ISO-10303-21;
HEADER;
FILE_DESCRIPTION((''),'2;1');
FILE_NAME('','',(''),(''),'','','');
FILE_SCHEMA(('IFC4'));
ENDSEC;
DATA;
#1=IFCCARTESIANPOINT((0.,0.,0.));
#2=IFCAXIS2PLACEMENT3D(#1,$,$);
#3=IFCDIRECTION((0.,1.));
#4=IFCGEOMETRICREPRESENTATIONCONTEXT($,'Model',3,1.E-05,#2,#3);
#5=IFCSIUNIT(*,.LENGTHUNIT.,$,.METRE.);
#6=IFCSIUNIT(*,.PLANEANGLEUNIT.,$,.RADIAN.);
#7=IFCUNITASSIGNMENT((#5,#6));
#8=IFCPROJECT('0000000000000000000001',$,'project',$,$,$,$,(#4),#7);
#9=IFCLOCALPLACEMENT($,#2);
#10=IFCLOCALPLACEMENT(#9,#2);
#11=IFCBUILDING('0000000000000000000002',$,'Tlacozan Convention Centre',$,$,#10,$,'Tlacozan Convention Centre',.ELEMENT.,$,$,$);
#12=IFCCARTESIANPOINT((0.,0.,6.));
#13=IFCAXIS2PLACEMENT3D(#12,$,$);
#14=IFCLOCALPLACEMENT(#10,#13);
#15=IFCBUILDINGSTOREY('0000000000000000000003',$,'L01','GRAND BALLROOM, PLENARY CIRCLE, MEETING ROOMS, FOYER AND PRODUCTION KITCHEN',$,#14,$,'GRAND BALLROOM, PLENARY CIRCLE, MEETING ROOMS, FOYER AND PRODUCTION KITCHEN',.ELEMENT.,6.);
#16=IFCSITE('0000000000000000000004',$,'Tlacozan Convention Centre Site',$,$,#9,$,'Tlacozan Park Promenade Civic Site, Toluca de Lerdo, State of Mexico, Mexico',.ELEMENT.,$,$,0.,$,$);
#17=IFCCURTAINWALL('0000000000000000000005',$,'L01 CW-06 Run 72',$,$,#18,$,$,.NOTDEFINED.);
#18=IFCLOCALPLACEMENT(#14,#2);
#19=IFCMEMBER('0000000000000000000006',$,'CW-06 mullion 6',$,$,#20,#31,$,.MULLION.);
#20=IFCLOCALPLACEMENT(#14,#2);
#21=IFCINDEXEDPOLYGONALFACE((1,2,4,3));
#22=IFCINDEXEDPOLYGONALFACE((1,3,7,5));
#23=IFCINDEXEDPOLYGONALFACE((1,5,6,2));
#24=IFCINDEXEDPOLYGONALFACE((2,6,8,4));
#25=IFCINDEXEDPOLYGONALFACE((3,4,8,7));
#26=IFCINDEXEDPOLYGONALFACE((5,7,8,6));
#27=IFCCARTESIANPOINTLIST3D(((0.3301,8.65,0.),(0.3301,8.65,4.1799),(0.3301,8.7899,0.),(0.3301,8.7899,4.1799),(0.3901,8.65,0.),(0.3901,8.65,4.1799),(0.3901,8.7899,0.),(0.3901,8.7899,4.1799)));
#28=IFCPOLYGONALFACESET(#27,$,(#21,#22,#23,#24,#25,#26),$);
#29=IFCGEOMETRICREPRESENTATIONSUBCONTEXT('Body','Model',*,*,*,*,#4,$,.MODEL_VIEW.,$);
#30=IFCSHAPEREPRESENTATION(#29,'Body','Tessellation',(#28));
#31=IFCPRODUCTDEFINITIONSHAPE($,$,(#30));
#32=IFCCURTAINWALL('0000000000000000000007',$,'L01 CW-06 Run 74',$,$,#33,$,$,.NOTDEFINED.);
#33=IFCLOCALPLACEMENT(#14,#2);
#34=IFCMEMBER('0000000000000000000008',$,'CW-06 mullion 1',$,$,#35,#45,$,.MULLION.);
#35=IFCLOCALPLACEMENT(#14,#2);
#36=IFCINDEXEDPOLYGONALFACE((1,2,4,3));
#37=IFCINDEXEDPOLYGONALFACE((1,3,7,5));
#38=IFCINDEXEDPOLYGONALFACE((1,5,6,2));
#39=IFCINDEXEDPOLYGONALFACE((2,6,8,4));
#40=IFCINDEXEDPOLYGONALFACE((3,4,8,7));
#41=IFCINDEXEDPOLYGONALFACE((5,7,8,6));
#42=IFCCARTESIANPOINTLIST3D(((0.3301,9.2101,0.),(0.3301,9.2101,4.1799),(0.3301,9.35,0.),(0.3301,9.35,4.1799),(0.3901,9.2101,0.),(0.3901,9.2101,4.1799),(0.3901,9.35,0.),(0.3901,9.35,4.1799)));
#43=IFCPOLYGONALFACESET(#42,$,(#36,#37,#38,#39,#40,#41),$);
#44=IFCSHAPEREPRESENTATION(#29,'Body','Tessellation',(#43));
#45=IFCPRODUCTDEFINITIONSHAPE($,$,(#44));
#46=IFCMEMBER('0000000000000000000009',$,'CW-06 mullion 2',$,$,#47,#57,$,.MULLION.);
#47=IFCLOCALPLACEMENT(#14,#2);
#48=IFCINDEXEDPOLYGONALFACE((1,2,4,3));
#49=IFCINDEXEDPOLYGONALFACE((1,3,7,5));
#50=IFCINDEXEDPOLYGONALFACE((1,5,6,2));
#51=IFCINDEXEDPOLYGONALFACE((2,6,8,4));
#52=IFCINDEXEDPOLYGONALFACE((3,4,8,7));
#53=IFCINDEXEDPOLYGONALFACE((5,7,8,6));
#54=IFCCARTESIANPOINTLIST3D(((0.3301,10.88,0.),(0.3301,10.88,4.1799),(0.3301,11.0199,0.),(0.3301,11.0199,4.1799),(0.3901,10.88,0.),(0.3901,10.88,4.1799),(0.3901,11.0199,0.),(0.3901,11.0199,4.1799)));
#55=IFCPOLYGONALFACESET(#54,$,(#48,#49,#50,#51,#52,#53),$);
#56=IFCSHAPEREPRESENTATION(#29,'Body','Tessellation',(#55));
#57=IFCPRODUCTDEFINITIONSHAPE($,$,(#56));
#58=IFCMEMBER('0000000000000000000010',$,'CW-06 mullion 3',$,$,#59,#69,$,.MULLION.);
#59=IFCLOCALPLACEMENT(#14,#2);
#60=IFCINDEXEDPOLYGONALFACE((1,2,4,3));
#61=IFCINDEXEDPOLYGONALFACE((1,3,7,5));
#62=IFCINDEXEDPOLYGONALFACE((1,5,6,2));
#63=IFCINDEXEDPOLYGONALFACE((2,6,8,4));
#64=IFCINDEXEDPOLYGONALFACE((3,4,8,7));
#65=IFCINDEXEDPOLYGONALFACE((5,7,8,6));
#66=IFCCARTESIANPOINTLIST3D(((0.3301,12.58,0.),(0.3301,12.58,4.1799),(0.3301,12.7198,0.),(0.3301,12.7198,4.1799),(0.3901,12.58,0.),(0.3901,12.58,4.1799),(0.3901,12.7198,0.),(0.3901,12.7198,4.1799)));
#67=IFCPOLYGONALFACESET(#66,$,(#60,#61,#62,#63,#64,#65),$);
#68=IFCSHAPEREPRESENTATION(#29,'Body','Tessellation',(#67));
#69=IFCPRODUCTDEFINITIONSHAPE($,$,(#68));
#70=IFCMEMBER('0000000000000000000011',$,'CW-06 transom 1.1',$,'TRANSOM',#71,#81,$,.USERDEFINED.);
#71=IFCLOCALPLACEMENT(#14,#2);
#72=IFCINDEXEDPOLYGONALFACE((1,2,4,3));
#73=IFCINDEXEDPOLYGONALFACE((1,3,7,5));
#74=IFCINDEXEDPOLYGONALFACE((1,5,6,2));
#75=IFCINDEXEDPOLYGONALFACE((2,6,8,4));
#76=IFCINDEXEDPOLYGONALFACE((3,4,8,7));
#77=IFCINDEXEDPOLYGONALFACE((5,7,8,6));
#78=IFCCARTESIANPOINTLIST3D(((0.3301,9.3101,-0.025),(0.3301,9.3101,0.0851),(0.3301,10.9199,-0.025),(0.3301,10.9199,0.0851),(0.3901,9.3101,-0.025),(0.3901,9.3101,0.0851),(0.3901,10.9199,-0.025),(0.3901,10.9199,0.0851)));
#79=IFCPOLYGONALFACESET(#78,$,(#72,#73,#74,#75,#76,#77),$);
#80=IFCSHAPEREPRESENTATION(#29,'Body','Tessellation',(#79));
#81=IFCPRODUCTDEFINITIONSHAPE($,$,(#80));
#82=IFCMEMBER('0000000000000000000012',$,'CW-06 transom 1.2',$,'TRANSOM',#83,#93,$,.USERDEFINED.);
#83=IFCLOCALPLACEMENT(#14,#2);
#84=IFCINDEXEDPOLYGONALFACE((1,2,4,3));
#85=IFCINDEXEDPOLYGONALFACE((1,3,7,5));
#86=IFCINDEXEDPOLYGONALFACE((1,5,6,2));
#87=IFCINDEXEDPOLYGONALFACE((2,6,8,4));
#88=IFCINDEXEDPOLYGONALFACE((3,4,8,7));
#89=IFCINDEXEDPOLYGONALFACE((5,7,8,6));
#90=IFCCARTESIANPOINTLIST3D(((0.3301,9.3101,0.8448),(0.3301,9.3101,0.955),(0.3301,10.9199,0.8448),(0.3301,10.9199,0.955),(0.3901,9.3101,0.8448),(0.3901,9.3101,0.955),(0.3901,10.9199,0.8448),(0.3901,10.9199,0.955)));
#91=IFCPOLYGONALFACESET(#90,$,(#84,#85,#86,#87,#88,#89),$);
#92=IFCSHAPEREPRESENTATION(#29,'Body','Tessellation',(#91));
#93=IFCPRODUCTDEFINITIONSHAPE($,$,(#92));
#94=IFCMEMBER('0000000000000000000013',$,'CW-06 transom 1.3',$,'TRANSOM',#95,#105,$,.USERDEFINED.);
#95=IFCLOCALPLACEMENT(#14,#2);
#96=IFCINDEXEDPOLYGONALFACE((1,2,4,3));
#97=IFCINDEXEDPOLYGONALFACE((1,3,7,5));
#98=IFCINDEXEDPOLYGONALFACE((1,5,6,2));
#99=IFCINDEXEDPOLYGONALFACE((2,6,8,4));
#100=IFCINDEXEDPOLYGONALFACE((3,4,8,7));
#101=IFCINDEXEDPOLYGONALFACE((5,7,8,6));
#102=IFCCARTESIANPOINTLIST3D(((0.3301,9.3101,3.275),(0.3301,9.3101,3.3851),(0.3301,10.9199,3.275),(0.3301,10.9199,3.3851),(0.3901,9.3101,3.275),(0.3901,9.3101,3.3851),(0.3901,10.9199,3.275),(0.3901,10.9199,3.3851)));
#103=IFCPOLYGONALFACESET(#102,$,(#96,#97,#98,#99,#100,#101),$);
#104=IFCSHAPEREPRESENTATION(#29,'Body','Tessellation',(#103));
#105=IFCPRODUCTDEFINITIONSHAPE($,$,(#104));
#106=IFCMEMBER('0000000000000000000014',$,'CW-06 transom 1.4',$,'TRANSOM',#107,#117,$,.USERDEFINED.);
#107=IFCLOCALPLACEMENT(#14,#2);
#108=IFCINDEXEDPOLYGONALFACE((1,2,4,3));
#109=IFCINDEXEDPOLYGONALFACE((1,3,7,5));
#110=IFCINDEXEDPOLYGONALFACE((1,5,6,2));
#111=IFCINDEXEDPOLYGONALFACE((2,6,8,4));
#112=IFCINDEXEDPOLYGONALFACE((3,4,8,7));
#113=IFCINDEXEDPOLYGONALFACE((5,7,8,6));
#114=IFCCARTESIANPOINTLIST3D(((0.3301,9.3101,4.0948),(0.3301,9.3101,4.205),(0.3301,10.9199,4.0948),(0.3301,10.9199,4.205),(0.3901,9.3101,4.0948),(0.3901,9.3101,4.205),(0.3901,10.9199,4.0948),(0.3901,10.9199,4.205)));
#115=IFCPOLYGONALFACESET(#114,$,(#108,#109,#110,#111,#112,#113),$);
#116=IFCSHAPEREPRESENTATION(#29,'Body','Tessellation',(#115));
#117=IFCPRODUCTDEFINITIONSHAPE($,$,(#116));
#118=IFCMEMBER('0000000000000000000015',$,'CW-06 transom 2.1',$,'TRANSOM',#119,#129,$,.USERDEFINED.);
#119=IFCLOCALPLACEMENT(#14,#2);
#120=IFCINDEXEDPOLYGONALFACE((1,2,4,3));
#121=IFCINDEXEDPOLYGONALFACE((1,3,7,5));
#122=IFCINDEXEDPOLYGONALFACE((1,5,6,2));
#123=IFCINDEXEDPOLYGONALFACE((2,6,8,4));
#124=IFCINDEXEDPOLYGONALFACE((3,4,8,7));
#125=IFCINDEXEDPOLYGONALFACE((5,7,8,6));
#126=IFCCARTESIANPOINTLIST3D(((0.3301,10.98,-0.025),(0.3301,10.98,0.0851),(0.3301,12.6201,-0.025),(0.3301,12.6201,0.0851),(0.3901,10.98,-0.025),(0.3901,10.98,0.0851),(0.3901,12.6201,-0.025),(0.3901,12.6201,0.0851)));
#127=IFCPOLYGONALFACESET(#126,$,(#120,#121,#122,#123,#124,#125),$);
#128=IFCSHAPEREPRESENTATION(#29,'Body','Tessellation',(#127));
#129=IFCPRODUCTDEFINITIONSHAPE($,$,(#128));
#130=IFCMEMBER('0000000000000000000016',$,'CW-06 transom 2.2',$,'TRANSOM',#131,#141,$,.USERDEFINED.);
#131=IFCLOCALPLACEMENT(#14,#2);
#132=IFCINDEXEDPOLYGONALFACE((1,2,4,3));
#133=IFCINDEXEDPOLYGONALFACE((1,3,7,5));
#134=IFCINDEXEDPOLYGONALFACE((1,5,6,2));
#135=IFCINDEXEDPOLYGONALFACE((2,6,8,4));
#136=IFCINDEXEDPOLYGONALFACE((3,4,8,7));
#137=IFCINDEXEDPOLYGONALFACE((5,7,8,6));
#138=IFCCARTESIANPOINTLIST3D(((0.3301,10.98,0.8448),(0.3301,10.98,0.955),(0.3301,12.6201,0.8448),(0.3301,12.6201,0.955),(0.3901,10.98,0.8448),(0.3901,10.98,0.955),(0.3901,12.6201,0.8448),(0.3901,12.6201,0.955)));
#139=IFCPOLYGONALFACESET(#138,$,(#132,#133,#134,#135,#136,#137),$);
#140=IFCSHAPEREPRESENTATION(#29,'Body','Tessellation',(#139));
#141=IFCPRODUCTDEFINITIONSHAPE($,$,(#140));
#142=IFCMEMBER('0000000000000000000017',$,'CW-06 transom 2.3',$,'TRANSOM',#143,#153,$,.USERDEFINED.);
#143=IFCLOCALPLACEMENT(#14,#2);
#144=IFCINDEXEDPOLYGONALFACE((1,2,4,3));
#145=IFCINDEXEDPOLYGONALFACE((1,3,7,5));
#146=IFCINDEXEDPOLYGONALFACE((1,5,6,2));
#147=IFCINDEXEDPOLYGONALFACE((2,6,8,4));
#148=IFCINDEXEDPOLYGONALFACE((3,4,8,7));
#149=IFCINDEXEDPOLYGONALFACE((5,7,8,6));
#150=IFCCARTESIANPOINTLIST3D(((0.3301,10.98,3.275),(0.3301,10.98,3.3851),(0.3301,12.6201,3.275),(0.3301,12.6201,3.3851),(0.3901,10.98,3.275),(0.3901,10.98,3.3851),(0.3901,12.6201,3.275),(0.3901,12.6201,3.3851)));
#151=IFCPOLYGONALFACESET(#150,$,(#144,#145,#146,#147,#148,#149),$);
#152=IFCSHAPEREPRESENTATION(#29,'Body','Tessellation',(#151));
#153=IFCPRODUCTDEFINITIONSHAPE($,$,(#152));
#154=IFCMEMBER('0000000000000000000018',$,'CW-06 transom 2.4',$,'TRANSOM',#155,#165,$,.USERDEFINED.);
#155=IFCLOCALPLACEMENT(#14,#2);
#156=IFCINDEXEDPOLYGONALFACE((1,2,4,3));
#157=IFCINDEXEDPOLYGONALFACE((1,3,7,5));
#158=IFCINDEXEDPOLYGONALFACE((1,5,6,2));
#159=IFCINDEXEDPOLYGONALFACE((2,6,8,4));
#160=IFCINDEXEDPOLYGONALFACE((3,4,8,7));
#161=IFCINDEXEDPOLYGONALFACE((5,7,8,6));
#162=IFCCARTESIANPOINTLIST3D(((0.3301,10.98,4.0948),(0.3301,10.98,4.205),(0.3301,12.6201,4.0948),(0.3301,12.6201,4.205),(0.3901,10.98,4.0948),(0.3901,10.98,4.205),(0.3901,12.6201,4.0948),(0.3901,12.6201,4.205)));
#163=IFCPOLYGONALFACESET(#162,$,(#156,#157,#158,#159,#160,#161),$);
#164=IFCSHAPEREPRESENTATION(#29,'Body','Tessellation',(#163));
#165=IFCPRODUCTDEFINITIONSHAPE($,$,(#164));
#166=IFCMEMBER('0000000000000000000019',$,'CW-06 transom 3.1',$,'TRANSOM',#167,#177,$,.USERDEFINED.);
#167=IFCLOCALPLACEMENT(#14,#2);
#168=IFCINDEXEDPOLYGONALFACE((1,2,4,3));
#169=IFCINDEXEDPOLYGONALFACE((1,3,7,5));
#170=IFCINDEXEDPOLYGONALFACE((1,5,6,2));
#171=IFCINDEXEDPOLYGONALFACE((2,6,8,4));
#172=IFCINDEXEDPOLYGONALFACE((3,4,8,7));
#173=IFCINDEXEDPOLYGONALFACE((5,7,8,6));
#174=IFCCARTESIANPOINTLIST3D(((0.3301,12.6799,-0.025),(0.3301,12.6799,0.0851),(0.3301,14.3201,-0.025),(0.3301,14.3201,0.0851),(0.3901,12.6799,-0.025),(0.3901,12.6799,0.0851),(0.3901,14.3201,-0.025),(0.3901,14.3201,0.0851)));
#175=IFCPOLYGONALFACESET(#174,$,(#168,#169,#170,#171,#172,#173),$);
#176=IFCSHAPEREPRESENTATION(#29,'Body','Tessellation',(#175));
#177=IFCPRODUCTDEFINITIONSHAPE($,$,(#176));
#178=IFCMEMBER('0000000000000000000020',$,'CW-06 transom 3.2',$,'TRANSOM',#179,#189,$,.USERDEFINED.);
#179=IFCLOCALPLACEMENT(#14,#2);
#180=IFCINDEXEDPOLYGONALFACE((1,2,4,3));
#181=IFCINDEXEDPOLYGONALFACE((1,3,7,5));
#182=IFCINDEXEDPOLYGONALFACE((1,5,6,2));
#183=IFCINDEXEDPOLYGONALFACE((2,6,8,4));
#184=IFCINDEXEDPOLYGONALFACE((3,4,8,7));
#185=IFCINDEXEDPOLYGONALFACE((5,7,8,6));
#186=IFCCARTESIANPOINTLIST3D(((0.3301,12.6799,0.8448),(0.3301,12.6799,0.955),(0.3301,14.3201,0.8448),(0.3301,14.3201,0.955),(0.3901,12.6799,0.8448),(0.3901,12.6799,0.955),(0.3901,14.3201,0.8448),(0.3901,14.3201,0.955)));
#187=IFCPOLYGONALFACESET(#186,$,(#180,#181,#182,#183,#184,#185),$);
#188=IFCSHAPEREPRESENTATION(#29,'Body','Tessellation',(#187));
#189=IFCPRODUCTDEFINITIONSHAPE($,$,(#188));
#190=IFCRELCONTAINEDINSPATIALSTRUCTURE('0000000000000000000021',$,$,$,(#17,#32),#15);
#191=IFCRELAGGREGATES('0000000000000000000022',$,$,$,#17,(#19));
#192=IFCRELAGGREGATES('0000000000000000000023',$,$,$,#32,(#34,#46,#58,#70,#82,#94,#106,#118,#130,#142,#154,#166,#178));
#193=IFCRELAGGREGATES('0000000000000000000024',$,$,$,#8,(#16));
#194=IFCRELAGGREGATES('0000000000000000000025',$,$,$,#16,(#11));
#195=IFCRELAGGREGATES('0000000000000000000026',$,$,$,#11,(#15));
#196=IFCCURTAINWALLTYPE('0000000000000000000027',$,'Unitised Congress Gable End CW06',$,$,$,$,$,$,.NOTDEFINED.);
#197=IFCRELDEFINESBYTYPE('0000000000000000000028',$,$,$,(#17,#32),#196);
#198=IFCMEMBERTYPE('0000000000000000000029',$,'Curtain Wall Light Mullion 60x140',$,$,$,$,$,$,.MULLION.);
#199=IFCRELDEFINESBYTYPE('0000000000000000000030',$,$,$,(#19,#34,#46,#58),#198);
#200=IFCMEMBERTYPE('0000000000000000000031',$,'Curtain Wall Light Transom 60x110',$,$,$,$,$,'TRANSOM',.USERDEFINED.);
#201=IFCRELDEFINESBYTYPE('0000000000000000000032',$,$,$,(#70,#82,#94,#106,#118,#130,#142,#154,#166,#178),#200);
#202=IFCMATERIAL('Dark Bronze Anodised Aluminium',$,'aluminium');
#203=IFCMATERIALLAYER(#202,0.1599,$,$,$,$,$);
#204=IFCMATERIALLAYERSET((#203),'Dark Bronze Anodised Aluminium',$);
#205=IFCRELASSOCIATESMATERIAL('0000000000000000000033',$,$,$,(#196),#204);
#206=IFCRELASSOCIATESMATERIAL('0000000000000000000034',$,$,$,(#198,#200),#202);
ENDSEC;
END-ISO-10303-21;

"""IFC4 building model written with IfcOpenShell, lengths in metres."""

from ifc_helpers import new_model, si_unit, direction, frame, origin, origin_2d, place, context, subcontext, project, spatial, rectangle, extrude, material, layer, layer_set, material_profile, profile_set, type_object, element, aggregate, save


model = new_model("IFC4")

# Units and contexts
model_context = context("Model", 3, precision=1e-05, world=origin(), true_north=direction((0.0, 1.0)))
body_context = subcontext(model_context, "Body", "Model", "MODEL_VIEW")
ifc_project = project(units=[si_unit("LENGTHUNIT", "METRE"), si_unit("PLANEANGLEUNIT", "RADIAN")], contexts=[model_context])

# Site, building, storey
site_placement = place(None, origin())
site = spatial("IfcSite", under=ifc_project, at=site_placement, Name="Tlacozan Convention Centre Site", LongName="Tlacozan Park Promenade Civic Site, Toluca de Lerdo, State of Mexico, Mexico", CompositionType="ELEMENT", RefElevation=0.0)
building_placement = place(site_placement, origin())
building = spatial("IfcBuilding", under=site, at=building_placement, Name="Tlacozan Convention Centre", LongName="Tlacozan Convention Centre", CompositionType="ELEMENT")
storey_placement = place(building_placement, frame((0.0, 0.0, 6.0)))
storey = spatial("IfcBuildingStorey", under=building, at=storey_placement, Name="L01", Description="GRAND BALLROOM, PLENARY CIRCLE, MEETING ROOMS, FOYER AND PRODUCTION KITCHEN", LongName="GRAND BALLROOM, PLENARY CIRCLE, MEETING ROOMS, FOYER AND PRODUCTION KITCHEN", CompositionType="ELEMENT", Elevation=6.0)

# Curtain wall, member
ifc_material_1 = material(Name="Dark Bronze Anodised Aluminium", Category="aluminium")
ifc_layer_1 = layer(ifc_material_1, 0.1599)
ifc_layer_set_1 = layer_set([ifc_layer_1], Name="Dark Bronze Anodised Aluminium")
curtain_wall_type = type_object("IfcCurtainWallType", Name="Unitised Congress Gable End CW06", PredefinedType="NOTDEFINED", material=ifc_layer_set_1)
curtain_wall_1_placement = place(storey_placement, origin())
curtain_wall_1 = element("IfcCurtainWall", 1, at=curtain_wall_1_placement, inside=storey, type_object=curtain_wall_type, Name="L01 CW-06 Run 72", PredefinedType="NOTDEFINED")
ifc_material_profile_1 = material_profile(ifc_material_1, rectangle(XDim=0.0601, YDim=0.1399, at=origin_2d()), Name="ALU 60x140")
ifc_profile_set_1 = profile_set([ifc_material_profile_1], Name="Dark Bronze Anodised Aluminium")
member_type_1 = type_object("IfcMemberType", Name="Curtain Wall Light Mullion 60x140", PredefinedType="MULLION", material=ifc_profile_set_1)
member_1_placement = place(storey_placement, frame((0.3601, 8.72, 0.0), z_axis=(0.0, 0.0, 1.0), x_axis=(-1.0, 0.0, 0.0)))
member_1 = element("IfcMember", 2, at=member_1_placement, type_object=member_type_1, Name="CW-06 mullion 6", PredefinedType="MULLION", context=body_context, shape_type="SweptSolid", body=[
    extrude(rectangle(XDim=0.0601, YDim=0.1399, at=origin_2d()), origin(), (0.0, 0.0, 1.0), 4.1799),
])
aggregate(curtain_wall_1, [member_1])

# Curtain wall, members
curtain_wall_2_placement = place(storey_placement, origin())
curtain_wall_2 = element("IfcCurtainWall", 3, at=curtain_wall_2_placement, inside=storey, type_object=curtain_wall_type, Name="L01 CW-06 Run 74", PredefinedType="NOTDEFINED")
member_2_placement = place(storey_placement, frame((0.3601, 9.28, 0.0), z_axis=(0.0, 0.0, 1.0), x_axis=(-1.0, 0.0, 0.0)))
member_2 = element("IfcMember", 4, at=member_2_placement, type_object=member_type_1, Name="CW-06 mullion 1", PredefinedType="MULLION", context=body_context, shape_type="SweptSolid", body=[
    extrude(rectangle(XDim=0.0601, YDim=0.1399, at=origin_2d()), origin(), (0.0, 0.0, 1.0), 4.1799),
])
member_3_placement = place(storey_placement, frame((0.3601, 10.95, 0.0), z_axis=(0.0, 0.0, 1.0), x_axis=(-1.0, 0.0, 0.0)))
member_3 = element("IfcMember", 5, at=member_3_placement, type_object=member_type_1, Name="CW-06 mullion 2", PredefinedType="MULLION", context=body_context, shape_type="SweptSolid", body=[
    extrude(rectangle(XDim=0.0601, YDim=0.1399, at=origin_2d()), origin(), (0.0, 0.0, 1.0), 4.1799),
])
member_4_placement = place(storey_placement, frame((0.3601, 12.6499, 0.0), z_axis=(0.0, 0.0, 1.0), x_axis=(-1.0, 0.0, 0.0)))
member_4 = element("IfcMember", 6, at=member_4_placement, type_object=member_type_1, Name="CW-06 mullion 3", PredefinedType="MULLION", context=body_context, shape_type="SweptSolid", body=[
    extrude(rectangle(XDim=0.0601, YDim=0.1399, at=origin_2d()), origin(), (0.0, 0.0, 1.0), 4.1799),
])
ifc_material_profile_2 = material_profile(ifc_material_1, rectangle(XDim=0.0601, YDim=0.1101, at=origin_2d()), Name="ALU 60x110")
ifc_profile_set_2 = profile_set([ifc_material_profile_2], Name="Dark Bronze Anodised Aluminium")
member_type_2 = type_object("IfcMemberType", Name="Curtain Wall Light Transom 60x110", ElementType="TRANSOM", PredefinedType="USERDEFINED", material=ifc_profile_set_2)
member_5_placement = place(storey_placement, frame((0.3601, 9.3101, 0.03), z_axis=(0.0, 1.0, 0.0), x_axis=(-1.0, 0.0, 0.0)))
member_5 = element("IfcMember", 7, at=member_5_placement, type_object=member_type_2, Name="CW-06 transom 1.1", ObjectType="TRANSOM", PredefinedType="USERDEFINED", context=body_context, shape_type="SweptSolid", body=[
    extrude(rectangle(XDim=0.0601, YDim=0.1101, at=origin_2d()), origin(), (0.0, 0.0, 1.0), 1.6099),
])
member_6_placement = place(storey_placement, frame((0.3601, 9.3101, 0.8999), z_axis=(0.0, 1.0, 0.0), x_axis=(-1.0, 0.0, 0.0)))
member_6 = element("IfcMember", 8, at=member_6_placement, type_object=member_type_2, Name="CW-06 transom 1.2", ObjectType="TRANSOM", PredefinedType="USERDEFINED", context=body_context, shape_type="SweptSolid", body=[
    extrude(rectangle(XDim=0.0601, YDim=0.1101, at=origin_2d()), origin(), (0.0, 0.0, 1.0), 1.6099),
])
member_7_placement = place(storey_placement, frame((0.3601, 9.3101, 3.3301), z_axis=(0.0, 1.0, 0.0), x_axis=(-1.0, 0.0, 0.0)))
member_7 = element("IfcMember", 9, at=member_7_placement, type_object=member_type_2, Name="CW-06 transom 1.3", ObjectType="TRANSOM", PredefinedType="USERDEFINED", context=body_context, shape_type="SweptSolid", body=[
    extrude(rectangle(XDim=0.0601, YDim=0.1101, at=origin_2d()), origin(), (0.0, 0.0, 1.0), 1.6099),
])
member_8_placement = place(storey_placement, frame((0.3601, 9.3101, 4.1499), z_axis=(0.0, 1.0, 0.0), x_axis=(-1.0, 0.0, 0.0)))
member_8 = element("IfcMember", 10, at=member_8_placement, type_object=member_type_2, Name="CW-06 transom 1.4", ObjectType="TRANSOM", PredefinedType="USERDEFINED", context=body_context, shape_type="SweptSolid", body=[
    extrude(rectangle(XDim=0.0601, YDim=0.1101, at=origin_2d()), origin(), (0.0, 0.0, 1.0), 1.6099),
])
member_9_placement = place(storey_placement, frame((0.3601, 10.98, 0.03), z_axis=(0.0, 1.0, 0.0), x_axis=(-1.0, 0.0, 0.0)))
member_9 = element("IfcMember", 11, at=member_9_placement, type_object=member_type_2, Name="CW-06 transom 2.1", ObjectType="TRANSOM", PredefinedType="USERDEFINED", context=body_context, shape_type="SweptSolid", body=[
    extrude(rectangle(XDim=0.0601, YDim=0.1101, at=origin_2d()), origin(), (0.0, 0.0, 1.0), 1.6401),
])
member_10_placement = place(storey_placement, frame((0.3601, 10.98, 0.8999), z_axis=(0.0, 1.0, 0.0), x_axis=(-1.0, 0.0, 0.0)))
member_10 = element("IfcMember", 12, at=member_10_placement, type_object=member_type_2, Name="CW-06 transom 2.2", ObjectType="TRANSOM", PredefinedType="USERDEFINED", context=body_context, shape_type="SweptSolid", body=[
    extrude(rectangle(XDim=0.0601, YDim=0.1101, at=origin_2d()), origin(), (0.0, 0.0, 1.0), 1.6401),
])
member_11_placement = place(storey_placement, frame((0.3601, 10.98, 3.3301), z_axis=(0.0, 1.0, 0.0), x_axis=(-1.0, 0.0, 0.0)))
member_11 = element("IfcMember", 13, at=member_11_placement, type_object=member_type_2, Name="CW-06 transom 2.3", ObjectType="TRANSOM", PredefinedType="USERDEFINED", context=body_context, shape_type="SweptSolid", body=[
    extrude(rectangle(XDim=0.0601, YDim=0.1101, at=origin_2d()), origin(), (0.0, 0.0, 1.0), 1.6401),
])
member_12_placement = place(storey_placement, frame((0.3601, 10.98, 4.1499), z_axis=(0.0, 1.0, 0.0), x_axis=(-1.0, 0.0, 0.0)))
member_12 = element("IfcMember", 14, at=member_12_placement, type_object=member_type_2, Name="CW-06 transom 2.4", ObjectType="TRANSOM", PredefinedType="USERDEFINED", context=body_context, shape_type="SweptSolid", body=[
    extrude(rectangle(XDim=0.0601, YDim=0.1101, at=origin_2d()), origin(), (0.0, 0.0, 1.0), 1.6401),
])
member_13_placement = place(storey_placement, frame((0.3601, 12.6799, 0.03), z_axis=(0.0, 1.0, 0.0), x_axis=(-1.0, 0.0, 0.0)))
member_13 = element("IfcMember", 15, at=member_13_placement, type_object=member_type_2, Name="CW-06 transom 3.1", ObjectType="TRANSOM", PredefinedType="USERDEFINED", context=body_context, shape_type="SweptSolid", body=[
    extrude(rectangle(XDim=0.0601, YDim=0.1101, at=origin_2d()), origin(), (0.0, 0.0, 1.0), 1.6401),
])
member_14_placement = place(storey_placement, frame((0.3601, 12.6799, 0.8999), z_axis=(0.0, 1.0, 0.0), x_axis=(-1.0, 0.0, 0.0)))
member_14 = element("IfcMember", 16, at=member_14_placement, type_object=member_type_2, Name="CW-06 transom 3.2", ObjectType="TRANSOM", PredefinedType="USERDEFINED", context=body_context, shape_type="SweptSolid", body=[
    extrude(rectangle(XDim=0.0601, YDim=0.1101, at=origin_2d()), origin(), (0.0, 0.0, 1.0), 1.6401),
])

aggregate(curtain_wall_2, [member_2, member_3, member_4, member_5, member_6, member_7, member_8, member_9, member_10, member_11, member_12, member_13, member_14])

save(model, "model.ifc")
